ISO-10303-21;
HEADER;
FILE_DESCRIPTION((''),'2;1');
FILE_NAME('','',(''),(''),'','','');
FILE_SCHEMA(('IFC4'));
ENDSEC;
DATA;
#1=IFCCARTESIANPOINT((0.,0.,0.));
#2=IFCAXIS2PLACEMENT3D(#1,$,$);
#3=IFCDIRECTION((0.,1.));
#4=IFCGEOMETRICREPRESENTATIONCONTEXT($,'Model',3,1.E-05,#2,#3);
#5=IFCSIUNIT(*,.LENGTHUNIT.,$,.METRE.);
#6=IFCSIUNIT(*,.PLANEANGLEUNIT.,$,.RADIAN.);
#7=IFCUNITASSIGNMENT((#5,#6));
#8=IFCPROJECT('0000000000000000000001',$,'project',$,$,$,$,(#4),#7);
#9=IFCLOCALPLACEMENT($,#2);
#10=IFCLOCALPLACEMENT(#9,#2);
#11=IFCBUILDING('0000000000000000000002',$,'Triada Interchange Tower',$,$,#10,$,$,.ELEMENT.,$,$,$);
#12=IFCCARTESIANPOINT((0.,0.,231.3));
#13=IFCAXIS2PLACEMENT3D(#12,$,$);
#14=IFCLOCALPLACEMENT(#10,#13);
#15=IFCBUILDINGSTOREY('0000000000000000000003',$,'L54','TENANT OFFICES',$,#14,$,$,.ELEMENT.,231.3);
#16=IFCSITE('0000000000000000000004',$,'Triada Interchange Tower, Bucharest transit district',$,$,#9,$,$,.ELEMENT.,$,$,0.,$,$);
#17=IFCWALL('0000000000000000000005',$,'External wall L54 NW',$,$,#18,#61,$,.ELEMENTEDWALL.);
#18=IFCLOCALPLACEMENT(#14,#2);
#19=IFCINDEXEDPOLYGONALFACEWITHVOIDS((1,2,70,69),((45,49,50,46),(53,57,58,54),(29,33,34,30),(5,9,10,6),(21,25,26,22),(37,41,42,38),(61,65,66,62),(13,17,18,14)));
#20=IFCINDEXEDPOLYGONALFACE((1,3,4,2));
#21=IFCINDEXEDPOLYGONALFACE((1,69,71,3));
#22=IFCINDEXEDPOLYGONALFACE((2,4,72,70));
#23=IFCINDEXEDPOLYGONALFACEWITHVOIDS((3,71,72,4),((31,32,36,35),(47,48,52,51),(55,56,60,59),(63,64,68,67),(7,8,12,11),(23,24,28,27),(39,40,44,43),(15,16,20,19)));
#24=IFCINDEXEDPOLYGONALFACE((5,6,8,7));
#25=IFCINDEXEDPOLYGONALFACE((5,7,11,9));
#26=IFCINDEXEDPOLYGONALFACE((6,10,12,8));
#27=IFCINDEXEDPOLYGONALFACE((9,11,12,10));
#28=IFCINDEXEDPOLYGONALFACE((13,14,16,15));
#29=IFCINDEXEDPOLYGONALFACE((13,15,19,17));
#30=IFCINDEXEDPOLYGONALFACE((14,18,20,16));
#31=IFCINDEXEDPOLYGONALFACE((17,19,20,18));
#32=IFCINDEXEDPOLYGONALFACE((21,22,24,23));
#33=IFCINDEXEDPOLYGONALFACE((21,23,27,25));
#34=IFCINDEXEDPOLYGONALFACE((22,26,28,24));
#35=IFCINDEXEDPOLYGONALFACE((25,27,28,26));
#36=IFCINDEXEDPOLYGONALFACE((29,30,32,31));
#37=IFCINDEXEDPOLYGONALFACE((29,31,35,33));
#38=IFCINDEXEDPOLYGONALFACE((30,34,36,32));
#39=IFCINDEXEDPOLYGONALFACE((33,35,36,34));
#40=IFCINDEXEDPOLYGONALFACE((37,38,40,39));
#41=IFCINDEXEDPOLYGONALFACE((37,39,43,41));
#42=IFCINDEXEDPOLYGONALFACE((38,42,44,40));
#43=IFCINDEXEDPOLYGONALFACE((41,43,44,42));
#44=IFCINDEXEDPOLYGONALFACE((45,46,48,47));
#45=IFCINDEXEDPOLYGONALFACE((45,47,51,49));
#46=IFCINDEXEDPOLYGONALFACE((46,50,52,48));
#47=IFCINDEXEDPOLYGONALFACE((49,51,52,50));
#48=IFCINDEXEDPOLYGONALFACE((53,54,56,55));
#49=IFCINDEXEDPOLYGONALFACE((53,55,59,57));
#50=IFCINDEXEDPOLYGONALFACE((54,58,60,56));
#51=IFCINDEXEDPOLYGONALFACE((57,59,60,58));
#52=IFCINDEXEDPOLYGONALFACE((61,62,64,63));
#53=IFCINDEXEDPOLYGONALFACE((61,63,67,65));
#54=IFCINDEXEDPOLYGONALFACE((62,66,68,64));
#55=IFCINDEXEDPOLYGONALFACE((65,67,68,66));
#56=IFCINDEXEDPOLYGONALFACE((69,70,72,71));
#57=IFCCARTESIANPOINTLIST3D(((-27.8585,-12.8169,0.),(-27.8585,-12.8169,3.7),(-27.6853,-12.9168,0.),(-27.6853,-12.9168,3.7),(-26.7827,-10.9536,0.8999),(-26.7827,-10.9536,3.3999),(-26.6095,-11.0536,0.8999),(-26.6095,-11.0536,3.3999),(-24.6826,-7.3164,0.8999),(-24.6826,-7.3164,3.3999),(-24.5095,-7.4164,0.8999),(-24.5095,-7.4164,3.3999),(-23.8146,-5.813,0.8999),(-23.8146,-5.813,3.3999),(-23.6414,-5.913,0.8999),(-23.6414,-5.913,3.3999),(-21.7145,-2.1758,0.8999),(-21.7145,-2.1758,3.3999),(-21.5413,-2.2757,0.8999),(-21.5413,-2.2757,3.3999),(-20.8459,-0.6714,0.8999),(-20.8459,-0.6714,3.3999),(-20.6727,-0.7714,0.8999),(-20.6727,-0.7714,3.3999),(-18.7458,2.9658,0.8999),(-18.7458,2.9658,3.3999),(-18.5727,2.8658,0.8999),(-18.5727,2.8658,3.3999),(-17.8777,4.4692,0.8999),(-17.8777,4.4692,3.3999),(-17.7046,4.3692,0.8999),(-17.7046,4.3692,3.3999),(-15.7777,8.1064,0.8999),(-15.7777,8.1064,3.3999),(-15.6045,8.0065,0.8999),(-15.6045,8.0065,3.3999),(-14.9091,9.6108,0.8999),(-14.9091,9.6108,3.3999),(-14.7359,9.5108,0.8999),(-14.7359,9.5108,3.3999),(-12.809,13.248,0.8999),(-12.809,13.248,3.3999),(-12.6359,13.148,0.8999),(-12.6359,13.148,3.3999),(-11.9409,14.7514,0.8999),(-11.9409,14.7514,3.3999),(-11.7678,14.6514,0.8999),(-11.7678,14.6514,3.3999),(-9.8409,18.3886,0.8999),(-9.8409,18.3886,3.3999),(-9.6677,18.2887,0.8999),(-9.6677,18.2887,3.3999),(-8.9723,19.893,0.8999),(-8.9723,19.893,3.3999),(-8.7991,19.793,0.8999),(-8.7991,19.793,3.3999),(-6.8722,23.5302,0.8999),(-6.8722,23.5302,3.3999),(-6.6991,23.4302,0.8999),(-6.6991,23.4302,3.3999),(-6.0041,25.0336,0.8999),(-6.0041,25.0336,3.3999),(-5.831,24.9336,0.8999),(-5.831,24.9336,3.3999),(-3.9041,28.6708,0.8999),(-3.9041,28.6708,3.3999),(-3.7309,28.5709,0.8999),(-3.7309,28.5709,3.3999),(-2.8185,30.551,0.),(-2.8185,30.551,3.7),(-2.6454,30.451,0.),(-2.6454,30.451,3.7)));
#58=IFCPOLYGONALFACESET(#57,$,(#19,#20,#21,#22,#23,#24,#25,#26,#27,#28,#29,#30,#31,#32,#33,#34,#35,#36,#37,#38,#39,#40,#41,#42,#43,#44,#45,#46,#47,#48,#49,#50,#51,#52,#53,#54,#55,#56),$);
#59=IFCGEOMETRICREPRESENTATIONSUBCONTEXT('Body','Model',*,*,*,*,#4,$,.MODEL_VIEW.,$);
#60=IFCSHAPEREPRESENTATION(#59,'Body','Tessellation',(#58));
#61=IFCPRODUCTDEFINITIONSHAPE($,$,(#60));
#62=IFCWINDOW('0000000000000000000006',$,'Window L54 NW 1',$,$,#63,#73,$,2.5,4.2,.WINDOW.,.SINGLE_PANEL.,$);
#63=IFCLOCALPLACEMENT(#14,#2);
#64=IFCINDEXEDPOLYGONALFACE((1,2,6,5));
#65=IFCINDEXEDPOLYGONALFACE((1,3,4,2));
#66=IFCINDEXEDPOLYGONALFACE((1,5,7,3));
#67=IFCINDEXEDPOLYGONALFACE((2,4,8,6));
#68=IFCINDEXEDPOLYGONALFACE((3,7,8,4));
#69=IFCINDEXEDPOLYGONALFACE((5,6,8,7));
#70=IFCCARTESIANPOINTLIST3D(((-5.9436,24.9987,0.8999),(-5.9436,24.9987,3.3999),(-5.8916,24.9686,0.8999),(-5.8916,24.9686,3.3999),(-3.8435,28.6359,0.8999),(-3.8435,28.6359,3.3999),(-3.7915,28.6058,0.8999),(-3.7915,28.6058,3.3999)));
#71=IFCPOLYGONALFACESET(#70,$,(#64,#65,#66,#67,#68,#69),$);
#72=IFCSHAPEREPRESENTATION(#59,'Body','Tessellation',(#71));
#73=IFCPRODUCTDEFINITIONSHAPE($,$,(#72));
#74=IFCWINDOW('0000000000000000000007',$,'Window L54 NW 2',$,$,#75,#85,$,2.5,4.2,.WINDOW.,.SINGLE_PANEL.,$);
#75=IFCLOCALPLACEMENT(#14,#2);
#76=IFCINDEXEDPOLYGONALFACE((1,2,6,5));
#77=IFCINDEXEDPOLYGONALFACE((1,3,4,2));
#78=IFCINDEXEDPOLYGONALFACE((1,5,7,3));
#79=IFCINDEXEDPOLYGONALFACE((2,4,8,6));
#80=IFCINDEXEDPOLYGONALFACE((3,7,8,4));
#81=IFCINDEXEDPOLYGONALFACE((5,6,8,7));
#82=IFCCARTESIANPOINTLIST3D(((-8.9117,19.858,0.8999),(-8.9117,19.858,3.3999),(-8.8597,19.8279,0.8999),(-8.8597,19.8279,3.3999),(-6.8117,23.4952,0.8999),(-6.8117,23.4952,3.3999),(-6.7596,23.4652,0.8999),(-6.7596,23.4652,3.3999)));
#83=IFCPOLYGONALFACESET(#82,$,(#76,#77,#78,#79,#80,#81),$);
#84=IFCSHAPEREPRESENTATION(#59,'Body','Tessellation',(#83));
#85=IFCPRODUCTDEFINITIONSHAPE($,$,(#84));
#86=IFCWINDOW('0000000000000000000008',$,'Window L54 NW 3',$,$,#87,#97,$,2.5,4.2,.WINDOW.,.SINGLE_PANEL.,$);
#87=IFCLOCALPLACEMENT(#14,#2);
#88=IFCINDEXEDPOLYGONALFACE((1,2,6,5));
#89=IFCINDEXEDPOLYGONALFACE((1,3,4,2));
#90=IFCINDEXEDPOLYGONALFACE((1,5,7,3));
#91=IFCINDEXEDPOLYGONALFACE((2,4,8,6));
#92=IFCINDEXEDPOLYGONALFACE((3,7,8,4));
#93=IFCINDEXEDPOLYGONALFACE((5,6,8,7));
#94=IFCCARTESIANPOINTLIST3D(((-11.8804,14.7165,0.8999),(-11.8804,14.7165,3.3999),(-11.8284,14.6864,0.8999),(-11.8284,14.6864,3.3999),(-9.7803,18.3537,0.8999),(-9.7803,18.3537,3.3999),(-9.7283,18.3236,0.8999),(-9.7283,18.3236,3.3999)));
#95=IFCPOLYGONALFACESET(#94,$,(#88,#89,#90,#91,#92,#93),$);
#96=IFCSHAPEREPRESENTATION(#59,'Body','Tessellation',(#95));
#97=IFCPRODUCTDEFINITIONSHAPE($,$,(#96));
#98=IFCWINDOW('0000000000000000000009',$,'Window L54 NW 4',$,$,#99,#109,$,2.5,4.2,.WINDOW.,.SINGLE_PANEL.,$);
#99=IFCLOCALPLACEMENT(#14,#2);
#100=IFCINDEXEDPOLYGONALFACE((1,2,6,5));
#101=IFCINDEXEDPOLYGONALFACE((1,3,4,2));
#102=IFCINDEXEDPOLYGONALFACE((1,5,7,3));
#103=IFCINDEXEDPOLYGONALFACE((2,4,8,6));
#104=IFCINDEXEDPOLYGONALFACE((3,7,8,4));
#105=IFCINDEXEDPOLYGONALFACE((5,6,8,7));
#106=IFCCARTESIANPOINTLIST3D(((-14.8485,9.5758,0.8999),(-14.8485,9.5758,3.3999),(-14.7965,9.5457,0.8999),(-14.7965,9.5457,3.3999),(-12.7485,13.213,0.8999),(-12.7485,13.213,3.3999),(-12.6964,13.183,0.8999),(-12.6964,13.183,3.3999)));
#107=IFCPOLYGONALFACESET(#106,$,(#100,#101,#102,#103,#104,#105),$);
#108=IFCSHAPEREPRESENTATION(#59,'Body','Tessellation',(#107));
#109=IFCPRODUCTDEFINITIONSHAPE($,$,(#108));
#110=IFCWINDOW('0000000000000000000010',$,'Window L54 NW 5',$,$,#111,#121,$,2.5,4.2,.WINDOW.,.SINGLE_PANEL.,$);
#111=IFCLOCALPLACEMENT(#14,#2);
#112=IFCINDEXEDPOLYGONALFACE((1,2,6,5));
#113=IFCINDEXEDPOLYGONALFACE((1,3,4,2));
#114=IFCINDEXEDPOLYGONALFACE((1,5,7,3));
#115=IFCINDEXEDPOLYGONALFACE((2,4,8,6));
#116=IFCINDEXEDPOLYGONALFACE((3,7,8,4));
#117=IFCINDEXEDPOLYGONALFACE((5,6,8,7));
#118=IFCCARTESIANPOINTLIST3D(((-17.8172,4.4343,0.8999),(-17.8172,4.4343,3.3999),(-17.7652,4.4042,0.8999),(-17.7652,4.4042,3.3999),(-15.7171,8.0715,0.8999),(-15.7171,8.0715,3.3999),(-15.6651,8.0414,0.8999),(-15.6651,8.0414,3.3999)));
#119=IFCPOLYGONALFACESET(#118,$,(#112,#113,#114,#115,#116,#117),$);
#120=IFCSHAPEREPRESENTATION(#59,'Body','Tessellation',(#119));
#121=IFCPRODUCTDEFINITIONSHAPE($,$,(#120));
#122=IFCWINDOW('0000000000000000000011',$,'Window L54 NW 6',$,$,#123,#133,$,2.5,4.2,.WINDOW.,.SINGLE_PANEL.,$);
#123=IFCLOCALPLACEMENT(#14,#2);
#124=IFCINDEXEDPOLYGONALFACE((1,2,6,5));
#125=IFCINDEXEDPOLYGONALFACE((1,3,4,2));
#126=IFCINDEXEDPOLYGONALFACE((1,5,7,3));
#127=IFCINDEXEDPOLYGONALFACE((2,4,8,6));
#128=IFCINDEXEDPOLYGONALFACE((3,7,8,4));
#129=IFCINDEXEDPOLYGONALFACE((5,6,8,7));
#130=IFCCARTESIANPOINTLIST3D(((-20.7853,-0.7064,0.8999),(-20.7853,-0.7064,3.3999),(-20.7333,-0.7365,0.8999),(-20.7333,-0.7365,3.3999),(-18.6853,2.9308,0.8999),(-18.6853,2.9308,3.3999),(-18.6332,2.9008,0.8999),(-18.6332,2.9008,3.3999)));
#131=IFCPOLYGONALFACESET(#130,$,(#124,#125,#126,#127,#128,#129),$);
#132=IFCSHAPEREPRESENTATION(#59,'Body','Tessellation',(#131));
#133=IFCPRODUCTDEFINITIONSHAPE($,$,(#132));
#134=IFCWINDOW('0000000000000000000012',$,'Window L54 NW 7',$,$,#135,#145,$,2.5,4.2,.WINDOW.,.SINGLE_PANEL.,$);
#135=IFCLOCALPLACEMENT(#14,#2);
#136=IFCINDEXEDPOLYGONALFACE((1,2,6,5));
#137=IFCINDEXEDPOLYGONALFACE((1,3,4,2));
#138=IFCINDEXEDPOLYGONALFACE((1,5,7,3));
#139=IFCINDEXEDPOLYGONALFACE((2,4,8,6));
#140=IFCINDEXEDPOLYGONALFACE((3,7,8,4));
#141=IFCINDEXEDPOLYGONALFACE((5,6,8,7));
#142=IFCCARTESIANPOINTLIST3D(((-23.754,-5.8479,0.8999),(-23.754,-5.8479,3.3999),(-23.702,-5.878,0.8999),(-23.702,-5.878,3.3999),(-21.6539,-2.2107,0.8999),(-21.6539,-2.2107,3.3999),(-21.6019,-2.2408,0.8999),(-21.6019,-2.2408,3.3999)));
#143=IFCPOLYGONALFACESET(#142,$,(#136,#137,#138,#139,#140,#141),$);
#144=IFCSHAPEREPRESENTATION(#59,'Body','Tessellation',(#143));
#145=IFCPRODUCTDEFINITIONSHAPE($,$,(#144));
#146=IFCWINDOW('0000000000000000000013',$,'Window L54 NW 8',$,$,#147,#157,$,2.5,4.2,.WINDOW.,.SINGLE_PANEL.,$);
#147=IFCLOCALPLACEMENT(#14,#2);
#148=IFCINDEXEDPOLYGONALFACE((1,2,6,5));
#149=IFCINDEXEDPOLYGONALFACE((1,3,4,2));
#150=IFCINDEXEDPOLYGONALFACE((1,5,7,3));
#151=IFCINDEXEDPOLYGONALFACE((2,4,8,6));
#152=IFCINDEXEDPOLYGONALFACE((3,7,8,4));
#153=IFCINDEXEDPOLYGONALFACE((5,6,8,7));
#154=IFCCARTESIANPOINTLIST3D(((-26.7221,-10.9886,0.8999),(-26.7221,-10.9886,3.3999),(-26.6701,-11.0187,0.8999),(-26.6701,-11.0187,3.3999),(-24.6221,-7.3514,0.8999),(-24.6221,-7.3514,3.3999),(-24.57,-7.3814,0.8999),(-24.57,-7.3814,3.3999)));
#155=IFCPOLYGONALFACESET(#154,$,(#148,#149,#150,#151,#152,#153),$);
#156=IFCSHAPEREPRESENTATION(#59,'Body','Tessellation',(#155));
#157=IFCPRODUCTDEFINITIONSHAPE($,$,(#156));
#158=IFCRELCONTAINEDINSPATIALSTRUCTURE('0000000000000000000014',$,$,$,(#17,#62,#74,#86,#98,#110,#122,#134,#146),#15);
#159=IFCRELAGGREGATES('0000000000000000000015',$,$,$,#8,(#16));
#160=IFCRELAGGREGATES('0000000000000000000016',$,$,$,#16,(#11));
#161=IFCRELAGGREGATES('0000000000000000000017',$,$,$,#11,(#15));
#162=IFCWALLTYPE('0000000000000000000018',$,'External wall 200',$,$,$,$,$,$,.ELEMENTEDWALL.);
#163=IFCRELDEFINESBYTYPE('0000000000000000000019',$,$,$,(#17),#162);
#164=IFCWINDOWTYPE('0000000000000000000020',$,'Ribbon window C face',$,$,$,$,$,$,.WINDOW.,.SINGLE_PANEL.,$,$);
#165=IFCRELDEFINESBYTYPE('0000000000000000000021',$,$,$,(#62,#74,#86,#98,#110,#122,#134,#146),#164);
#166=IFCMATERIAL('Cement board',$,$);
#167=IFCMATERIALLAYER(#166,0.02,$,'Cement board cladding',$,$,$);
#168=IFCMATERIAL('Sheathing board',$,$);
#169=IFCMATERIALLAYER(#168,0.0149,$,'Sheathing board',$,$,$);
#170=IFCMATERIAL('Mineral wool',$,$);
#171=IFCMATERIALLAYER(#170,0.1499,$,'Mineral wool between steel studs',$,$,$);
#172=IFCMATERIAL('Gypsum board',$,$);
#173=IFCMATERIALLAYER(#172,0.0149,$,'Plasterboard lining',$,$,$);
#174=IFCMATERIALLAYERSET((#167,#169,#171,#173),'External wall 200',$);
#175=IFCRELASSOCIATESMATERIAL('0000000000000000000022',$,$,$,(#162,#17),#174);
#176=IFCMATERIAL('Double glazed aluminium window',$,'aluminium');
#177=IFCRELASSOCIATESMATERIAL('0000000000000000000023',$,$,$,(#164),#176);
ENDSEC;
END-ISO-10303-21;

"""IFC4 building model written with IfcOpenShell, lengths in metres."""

from ifc_helpers import new_model, si_unit, direction, frame, frame_2d, origin, place, context, subcontext, project, spatial, rectangle, extrude, material, layer, layer_set, layer_usage, type_object, element, fill, save


model = new_model("IFC4")

# Units and contexts
model_context = context("Model", 3, precision=1e-05, world=origin(), true_north=direction((0.0, 1.0)))
body_context = subcontext(model_context, "Body", "Model", "MODEL_VIEW")
ifc_project = project(units=[si_unit("LENGTHUNIT", "METRE"), si_unit("PLANEANGLEUNIT", "RADIAN")], contexts=[model_context])

# Site, building, storey
site_placement = place(None, origin())
site = spatial("IfcSite", under=ifc_project, at=site_placement, Name="Triada Interchange Tower, Bucharest transit district", CompositionType="ELEMENT", RefElevation=0.0)
building_placement = place(site_placement, origin())
building = spatial("IfcBuilding", under=site, at=building_placement, Name="Triada Interchange Tower", CompositionType="ELEMENT")
storey_placement = place(building_placement, frame((0.0, 0.0, 231.3)))
storey = spatial("IfcBuildingStorey", under=building, at=storey_placement, Name="L54", Description="TENANT OFFICES", CompositionType="ELEMENT", Elevation=231.3)

# Wall, openings, windows
ifc_material_1 = material(Name="Cement board")
ifc_layer_1 = layer(ifc_material_1, 0.02, Name="Cement board cladding")
ifc_material_2 = material(Name="Sheathing board")
ifc_layer_2 = layer(ifc_material_2, 0.0149, Name="Sheathing board")
ifc_material_3 = material(Name="Mineral wool")
ifc_layer_3 = layer(ifc_material_3, 0.1499, Name="Mineral wool between steel studs")
ifc_material_4 = material(Name="Gypsum board")
ifc_layer_4 = layer(ifc_material_4, 0.0149, Name="Plasterboard lining")
ifc_layer_set_1 = layer_set([ifc_layer_1, ifc_layer_2, ifc_layer_3, ifc_layer_4], Name="External wall 200")
ifc_layer_usage = layer_usage(ifc_layer_set_1, "AXIS2", "POSITIVE", -0.1001)
wall_type = type_object("IfcWallType", Name="External wall 200", PredefinedType="ELEMENTEDWALL", material=ifc_layer_set_1)
wall_placement = place(storey_placement, frame((-2.7319, 30.501, 0.0), z_axis=(0.0, 0.0, 1.0), x_axis=(-0.500023, -0.866012, 0.0)))
wall = element("IfcWall", 1, at=wall_placement, inside=storey, type_object=wall_type, material=ifc_layer_usage, Name="External wall L54 NW", PredefinedType="ELEMENTEDWALL", context=body_context, shape_type="SweptSolid", body=[
    extrude(rectangle(XDim=50.0776, YDim=0.2, at=frame_2d((25.0388, 0.0))), origin(), (0.0, 0.0, 1.0), 3.7),
])
opening_1_placement = place(wall_placement, frame((2.1709, 0.0, 0.8999)))
opening_1 = element("IfcOpeningElement", 2, at=opening_1_placement, cuts=wall, PredefinedType="OPENING", context=body_context, shape_type="SweptSolid", body=[
    extrude(rectangle(XDim=4.2, YDim=2.5, at=frame_2d((2.1001, 1.25))), frame((0.0, 0.1099, 0.0), z_axis=(0.0, -1.0, 0.0), x_axis=(1.0, 0.0, 0.0)), (0.0, 0.0, 1.0), 0.22),
])
opening_2_placement = place(wall_placement, frame((8.1069, 0.0, 0.8999)))
opening_2 = element("IfcOpeningElement", 3, at=opening_2_placement, cuts=wall, PredefinedType="OPENING", context=body_context, shape_type="SweptSolid", body=[
    extrude(rectangle(XDim=4.2, YDim=2.5, at=frame_2d((2.1001, 1.25))), frame((0.0, 0.1099, 0.0), z_axis=(0.0, -1.0, 0.0), x_axis=(1.0, 0.0, 0.0)), (0.0, 0.0, 1.0), 0.22),
])
opening_3_placement = place(wall_placement, frame((14.0439, 0.0, 0.8999)))
opening_3 = element("IfcOpeningElement", 4, at=opening_3_placement, cuts=wall, PredefinedType="OPENING", context=body_context, shape_type="SweptSolid", body=[
    extrude(rectangle(XDim=4.2, YDim=2.5, at=frame_2d((2.1001, 1.25))), frame((0.0, 0.1099, 0.0), z_axis=(0.0, -1.0, 0.0), x_axis=(1.0, 0.0, 0.0)), (0.0, 0.0, 1.0), 0.22),
])
opening_4_placement = place(wall_placement, frame((19.98, 0.0, 0.8999)))
opening_4 = element("IfcOpeningElement", 5, at=opening_4_placement, cuts=wall, PredefinedType="OPENING", context=body_context, shape_type="SweptSolid", body=[
    extrude(rectangle(XDim=4.2, YDim=2.5, at=frame_2d((2.1001, 1.25))), frame((0.0, 0.1099, 0.0), z_axis=(0.0, -1.0, 0.0), x_axis=(1.0, 0.0, 0.0)), (0.0, 0.0, 1.0), 0.22),
])
opening_5_placement = place(wall_placement, frame((25.917, 0.0, 0.8999)))
opening_5 = element("IfcOpeningElement", 6, at=opening_5_placement, cuts=wall, PredefinedType="OPENING", context=body_context, shape_type="SweptSolid", body=[
    extrude(rectangle(XDim=4.2, YDim=2.5, at=frame_2d((2.1001, 1.25))), frame((0.0, 0.1099, 0.0), z_axis=(0.0, -1.0, 0.0), x_axis=(1.0, 0.0, 0.0)), (0.0, 0.0, 1.0), 0.22),
])
opening_6_placement = place(wall_placement, frame((31.853, 0.0, 0.8999)))
opening_6 = element("IfcOpeningElement", 7, at=opening_6_placement, cuts=wall, PredefinedType="OPENING", context=body_context, shape_type="SweptSolid", body=[
    extrude(rectangle(XDim=4.2, YDim=2.5, at=frame_2d((2.1001, 1.25))), frame((0.0, 0.1099, 0.0), z_axis=(0.0, -1.0, 0.0), x_axis=(1.0, 0.0, 0.0)), (0.0, 0.0, 1.0), 0.22),
])
opening_7_placement = place(wall_placement, frame((37.79, 0.0, 0.8999)))
opening_7 = element("IfcOpeningElement", 8, at=opening_7_placement, cuts=wall, PredefinedType="OPENING", context=body_context, shape_type="SweptSolid", body=[
    extrude(rectangle(XDim=4.2, YDim=2.5, at=frame_2d((2.1001, 1.25))), frame((0.0, 0.1099, 0.0), z_axis=(0.0, -1.0, 0.0), x_axis=(1.0, 0.0, 0.0)), (0.0, 0.0, 1.0), 0.22),
])
opening_8_placement = place(wall_placement, frame((43.7261, 0.0, 0.8999)))
opening_8 = element("IfcOpeningElement", 9, at=opening_8_placement, cuts=wall, PredefinedType="OPENING", context=body_context, shape_type="SweptSolid", body=[
    extrude(rectangle(XDim=4.2, YDim=2.5, at=frame_2d((2.1001, 1.25))), frame((0.0, 0.1099, 0.0), z_axis=(0.0, -1.0, 0.0), x_axis=(1.0, 0.0, 0.0)), (0.0, 0.0, 1.0), 0.22),
])
ifc_material_5 = material(Name="Double glazed aluminium window", Category="aluminium")
window_type = type_object("IfcWindowType", Name="Ribbon window C face", PartitioningType="SINGLE_PANEL", PredefinedType="WINDOW", material=ifc_material_5)
window_1_placement = place(opening_1_placement, origin())
window_1 = element("IfcWindow", 10, at=window_1_placement, inside=storey, type_object=window_type, Name="Window L54 NW 1", OverallHeight=2.5, OverallWidth=4.2, PartitioningType="SINGLE_PANEL", PredefinedType="WINDOW", context=body_context, shape_type="SweptSolid", body=[
    extrude(rectangle(XDim=4.2, YDim=2.5, at=frame_2d((2.1001, 1.25))), frame((0.0, 0.03, 0.0), z_axis=(0.0, -1.0, 0.0), x_axis=(1.0, 0.0, 0.0)), (0.0, 0.0, 1.0), 0.0601),
])
fill(opening_1, window_1)
window_2_placement = place(opening_2_placement, origin())
window_2 = element("IfcWindow", 11, at=window_2_placement, inside=storey, type_object=window_type, Name="Window L54 NW 2", OverallHeight=2.5, OverallWidth=4.2, PartitioningType="SINGLE_PANEL", PredefinedType="WINDOW", context=body_context, shape_type="SweptSolid", body=[
    extrude(rectangle(XDim=4.2, YDim=2.5, at=frame_2d((2.1001, 1.25))), frame((0.0, 0.03, 0.0), z_axis=(0.0, -1.0, 0.0), x_axis=(1.0, 0.0, 0.0)), (0.0, 0.0, 1.0), 0.0601),
])
fill(opening_2, window_2)
window_3_placement = place(opening_3_placement, origin())
window_3 = element("IfcWindow", 12, at=window_3_placement, inside=storey, type_object=window_type, Name="Window L54 NW 3", OverallHeight=2.5, OverallWidth=4.2, PartitioningType="SINGLE_PANEL", PredefinedType="WINDOW", context=body_context, shape_type="SweptSolid", body=[
    extrude(rectangle(XDim=4.2, YDim=2.5, at=frame_2d((2.1001, 1.25))), frame((0.0, 0.03, 0.0), z_axis=(0.0, -1.0, 0.0), x_axis=(1.0, 0.0, 0.0)), (0.0, 0.0, 1.0), 0.0601),
])
fill(opening_3, window_3)
window_4_placement = place(opening_4_placement, origin())
window_4 = element("IfcWindow", 13, at=window_4_placement, inside=storey, type_object=window_type, Name="Window L54 NW 4", OverallHeight=2.5, OverallWidth=4.2, PartitioningType="SINGLE_PANEL", PredefinedType="WINDOW", context=body_context, shape_type="SweptSolid", body=[
    extrude(rectangle(XDim=4.2, YDim=2.5, at=frame_2d((2.1001, 1.25))), frame((0.0, 0.03, 0.0), z_axis=(0.0, -1.0, 0.0), x_axis=(1.0, 0.0, 0.0)), (0.0, 0.0, 1.0), 0.0601),
])
fill(opening_4, window_4)
window_5_placement = place(opening_5_placement, origin())
window_5 = element("IfcWindow", 14, at=window_5_placement, inside=storey, type_object=window_type, Name="Window L54 NW 5", OverallHeight=2.5, OverallWidth=4.2, PartitioningType="SINGLE_PANEL", PredefinedType="WINDOW", context=body_context, shape_type="SweptSolid", body=[
    extrude(rectangle(XDim=4.2, YDim=2.5, at=frame_2d((2.1001, 1.25))), frame((0.0, 0.03, 0.0), z_axis=(0.0, -1.0, 0.0), x_axis=(1.0, 0.0, 0.0)), (0.0, 0.0, 1.0), 0.0601),
])
fill(opening_5, window_5)
window_6_placement = place(opening_6_placement, origin())
window_6 = element("IfcWindow", 15, at=window_6_placement, inside=storey, type_object=window_type, Name="Window L54 NW 6", OverallHeight=2.5, OverallWidth=4.2, PartitioningType="SINGLE_PANEL", PredefinedType="WINDOW", context=body_context, shape_type="SweptSolid", body=[
    extrude(rectangle(XDim=4.2, YDim=2.5, at=frame_2d((2.1001, 1.25))), frame((0.0, 0.03, 0.0), z_axis=(0.0, -1.0, 0.0), x_axis=(1.0, 0.0, 0.0)), (0.0, 0.0, 1.0), 0.0601),
])
fill(opening_6, window_6)
window_7_placement = place(opening_7_placement, origin())
window_7 = element("IfcWindow", 16, at=window_7_placement, inside=storey, type_object=window_type, Name="Window L54 NW 7", OverallHeight=2.5, OverallWidth=4.2, PartitioningType="SINGLE_PANEL", PredefinedType="WINDOW", context=body_context, shape_type="SweptSolid", body=[
    extrude(rectangle(XDim=4.2, YDim=2.5, at=frame_2d((2.1001, 1.25))), frame((0.0, 0.03, 0.0), z_axis=(0.0, -1.0, 0.0), x_axis=(1.0, 0.0, 0.0)), (0.0, 0.0, 1.0), 0.0601),
])
fill(opening_7, window_7)
window_8_placement = place(opening_8_placement, origin())
window_8 = element("IfcWindow", 17, at=window_8_placement, inside=storey, type_object=window_type, Name="Window L54 NW 8", OverallHeight=2.5, OverallWidth=4.2, PartitioningType="SINGLE_PANEL", PredefinedType="WINDOW", context=body_context, shape_type="SweptSolid", body=[
    extrude(rectangle(XDim=4.2, YDim=2.5, at=frame_2d((2.1001, 1.25))), frame((0.0, 0.03, 0.0), z_axis=(0.0, -1.0, 0.0), x_axis=(1.0, 0.0, 0.0)), (0.0, 0.0, 1.0), 0.0601),
])
fill(opening_8, window_8)

save(model, "model.ifc")
